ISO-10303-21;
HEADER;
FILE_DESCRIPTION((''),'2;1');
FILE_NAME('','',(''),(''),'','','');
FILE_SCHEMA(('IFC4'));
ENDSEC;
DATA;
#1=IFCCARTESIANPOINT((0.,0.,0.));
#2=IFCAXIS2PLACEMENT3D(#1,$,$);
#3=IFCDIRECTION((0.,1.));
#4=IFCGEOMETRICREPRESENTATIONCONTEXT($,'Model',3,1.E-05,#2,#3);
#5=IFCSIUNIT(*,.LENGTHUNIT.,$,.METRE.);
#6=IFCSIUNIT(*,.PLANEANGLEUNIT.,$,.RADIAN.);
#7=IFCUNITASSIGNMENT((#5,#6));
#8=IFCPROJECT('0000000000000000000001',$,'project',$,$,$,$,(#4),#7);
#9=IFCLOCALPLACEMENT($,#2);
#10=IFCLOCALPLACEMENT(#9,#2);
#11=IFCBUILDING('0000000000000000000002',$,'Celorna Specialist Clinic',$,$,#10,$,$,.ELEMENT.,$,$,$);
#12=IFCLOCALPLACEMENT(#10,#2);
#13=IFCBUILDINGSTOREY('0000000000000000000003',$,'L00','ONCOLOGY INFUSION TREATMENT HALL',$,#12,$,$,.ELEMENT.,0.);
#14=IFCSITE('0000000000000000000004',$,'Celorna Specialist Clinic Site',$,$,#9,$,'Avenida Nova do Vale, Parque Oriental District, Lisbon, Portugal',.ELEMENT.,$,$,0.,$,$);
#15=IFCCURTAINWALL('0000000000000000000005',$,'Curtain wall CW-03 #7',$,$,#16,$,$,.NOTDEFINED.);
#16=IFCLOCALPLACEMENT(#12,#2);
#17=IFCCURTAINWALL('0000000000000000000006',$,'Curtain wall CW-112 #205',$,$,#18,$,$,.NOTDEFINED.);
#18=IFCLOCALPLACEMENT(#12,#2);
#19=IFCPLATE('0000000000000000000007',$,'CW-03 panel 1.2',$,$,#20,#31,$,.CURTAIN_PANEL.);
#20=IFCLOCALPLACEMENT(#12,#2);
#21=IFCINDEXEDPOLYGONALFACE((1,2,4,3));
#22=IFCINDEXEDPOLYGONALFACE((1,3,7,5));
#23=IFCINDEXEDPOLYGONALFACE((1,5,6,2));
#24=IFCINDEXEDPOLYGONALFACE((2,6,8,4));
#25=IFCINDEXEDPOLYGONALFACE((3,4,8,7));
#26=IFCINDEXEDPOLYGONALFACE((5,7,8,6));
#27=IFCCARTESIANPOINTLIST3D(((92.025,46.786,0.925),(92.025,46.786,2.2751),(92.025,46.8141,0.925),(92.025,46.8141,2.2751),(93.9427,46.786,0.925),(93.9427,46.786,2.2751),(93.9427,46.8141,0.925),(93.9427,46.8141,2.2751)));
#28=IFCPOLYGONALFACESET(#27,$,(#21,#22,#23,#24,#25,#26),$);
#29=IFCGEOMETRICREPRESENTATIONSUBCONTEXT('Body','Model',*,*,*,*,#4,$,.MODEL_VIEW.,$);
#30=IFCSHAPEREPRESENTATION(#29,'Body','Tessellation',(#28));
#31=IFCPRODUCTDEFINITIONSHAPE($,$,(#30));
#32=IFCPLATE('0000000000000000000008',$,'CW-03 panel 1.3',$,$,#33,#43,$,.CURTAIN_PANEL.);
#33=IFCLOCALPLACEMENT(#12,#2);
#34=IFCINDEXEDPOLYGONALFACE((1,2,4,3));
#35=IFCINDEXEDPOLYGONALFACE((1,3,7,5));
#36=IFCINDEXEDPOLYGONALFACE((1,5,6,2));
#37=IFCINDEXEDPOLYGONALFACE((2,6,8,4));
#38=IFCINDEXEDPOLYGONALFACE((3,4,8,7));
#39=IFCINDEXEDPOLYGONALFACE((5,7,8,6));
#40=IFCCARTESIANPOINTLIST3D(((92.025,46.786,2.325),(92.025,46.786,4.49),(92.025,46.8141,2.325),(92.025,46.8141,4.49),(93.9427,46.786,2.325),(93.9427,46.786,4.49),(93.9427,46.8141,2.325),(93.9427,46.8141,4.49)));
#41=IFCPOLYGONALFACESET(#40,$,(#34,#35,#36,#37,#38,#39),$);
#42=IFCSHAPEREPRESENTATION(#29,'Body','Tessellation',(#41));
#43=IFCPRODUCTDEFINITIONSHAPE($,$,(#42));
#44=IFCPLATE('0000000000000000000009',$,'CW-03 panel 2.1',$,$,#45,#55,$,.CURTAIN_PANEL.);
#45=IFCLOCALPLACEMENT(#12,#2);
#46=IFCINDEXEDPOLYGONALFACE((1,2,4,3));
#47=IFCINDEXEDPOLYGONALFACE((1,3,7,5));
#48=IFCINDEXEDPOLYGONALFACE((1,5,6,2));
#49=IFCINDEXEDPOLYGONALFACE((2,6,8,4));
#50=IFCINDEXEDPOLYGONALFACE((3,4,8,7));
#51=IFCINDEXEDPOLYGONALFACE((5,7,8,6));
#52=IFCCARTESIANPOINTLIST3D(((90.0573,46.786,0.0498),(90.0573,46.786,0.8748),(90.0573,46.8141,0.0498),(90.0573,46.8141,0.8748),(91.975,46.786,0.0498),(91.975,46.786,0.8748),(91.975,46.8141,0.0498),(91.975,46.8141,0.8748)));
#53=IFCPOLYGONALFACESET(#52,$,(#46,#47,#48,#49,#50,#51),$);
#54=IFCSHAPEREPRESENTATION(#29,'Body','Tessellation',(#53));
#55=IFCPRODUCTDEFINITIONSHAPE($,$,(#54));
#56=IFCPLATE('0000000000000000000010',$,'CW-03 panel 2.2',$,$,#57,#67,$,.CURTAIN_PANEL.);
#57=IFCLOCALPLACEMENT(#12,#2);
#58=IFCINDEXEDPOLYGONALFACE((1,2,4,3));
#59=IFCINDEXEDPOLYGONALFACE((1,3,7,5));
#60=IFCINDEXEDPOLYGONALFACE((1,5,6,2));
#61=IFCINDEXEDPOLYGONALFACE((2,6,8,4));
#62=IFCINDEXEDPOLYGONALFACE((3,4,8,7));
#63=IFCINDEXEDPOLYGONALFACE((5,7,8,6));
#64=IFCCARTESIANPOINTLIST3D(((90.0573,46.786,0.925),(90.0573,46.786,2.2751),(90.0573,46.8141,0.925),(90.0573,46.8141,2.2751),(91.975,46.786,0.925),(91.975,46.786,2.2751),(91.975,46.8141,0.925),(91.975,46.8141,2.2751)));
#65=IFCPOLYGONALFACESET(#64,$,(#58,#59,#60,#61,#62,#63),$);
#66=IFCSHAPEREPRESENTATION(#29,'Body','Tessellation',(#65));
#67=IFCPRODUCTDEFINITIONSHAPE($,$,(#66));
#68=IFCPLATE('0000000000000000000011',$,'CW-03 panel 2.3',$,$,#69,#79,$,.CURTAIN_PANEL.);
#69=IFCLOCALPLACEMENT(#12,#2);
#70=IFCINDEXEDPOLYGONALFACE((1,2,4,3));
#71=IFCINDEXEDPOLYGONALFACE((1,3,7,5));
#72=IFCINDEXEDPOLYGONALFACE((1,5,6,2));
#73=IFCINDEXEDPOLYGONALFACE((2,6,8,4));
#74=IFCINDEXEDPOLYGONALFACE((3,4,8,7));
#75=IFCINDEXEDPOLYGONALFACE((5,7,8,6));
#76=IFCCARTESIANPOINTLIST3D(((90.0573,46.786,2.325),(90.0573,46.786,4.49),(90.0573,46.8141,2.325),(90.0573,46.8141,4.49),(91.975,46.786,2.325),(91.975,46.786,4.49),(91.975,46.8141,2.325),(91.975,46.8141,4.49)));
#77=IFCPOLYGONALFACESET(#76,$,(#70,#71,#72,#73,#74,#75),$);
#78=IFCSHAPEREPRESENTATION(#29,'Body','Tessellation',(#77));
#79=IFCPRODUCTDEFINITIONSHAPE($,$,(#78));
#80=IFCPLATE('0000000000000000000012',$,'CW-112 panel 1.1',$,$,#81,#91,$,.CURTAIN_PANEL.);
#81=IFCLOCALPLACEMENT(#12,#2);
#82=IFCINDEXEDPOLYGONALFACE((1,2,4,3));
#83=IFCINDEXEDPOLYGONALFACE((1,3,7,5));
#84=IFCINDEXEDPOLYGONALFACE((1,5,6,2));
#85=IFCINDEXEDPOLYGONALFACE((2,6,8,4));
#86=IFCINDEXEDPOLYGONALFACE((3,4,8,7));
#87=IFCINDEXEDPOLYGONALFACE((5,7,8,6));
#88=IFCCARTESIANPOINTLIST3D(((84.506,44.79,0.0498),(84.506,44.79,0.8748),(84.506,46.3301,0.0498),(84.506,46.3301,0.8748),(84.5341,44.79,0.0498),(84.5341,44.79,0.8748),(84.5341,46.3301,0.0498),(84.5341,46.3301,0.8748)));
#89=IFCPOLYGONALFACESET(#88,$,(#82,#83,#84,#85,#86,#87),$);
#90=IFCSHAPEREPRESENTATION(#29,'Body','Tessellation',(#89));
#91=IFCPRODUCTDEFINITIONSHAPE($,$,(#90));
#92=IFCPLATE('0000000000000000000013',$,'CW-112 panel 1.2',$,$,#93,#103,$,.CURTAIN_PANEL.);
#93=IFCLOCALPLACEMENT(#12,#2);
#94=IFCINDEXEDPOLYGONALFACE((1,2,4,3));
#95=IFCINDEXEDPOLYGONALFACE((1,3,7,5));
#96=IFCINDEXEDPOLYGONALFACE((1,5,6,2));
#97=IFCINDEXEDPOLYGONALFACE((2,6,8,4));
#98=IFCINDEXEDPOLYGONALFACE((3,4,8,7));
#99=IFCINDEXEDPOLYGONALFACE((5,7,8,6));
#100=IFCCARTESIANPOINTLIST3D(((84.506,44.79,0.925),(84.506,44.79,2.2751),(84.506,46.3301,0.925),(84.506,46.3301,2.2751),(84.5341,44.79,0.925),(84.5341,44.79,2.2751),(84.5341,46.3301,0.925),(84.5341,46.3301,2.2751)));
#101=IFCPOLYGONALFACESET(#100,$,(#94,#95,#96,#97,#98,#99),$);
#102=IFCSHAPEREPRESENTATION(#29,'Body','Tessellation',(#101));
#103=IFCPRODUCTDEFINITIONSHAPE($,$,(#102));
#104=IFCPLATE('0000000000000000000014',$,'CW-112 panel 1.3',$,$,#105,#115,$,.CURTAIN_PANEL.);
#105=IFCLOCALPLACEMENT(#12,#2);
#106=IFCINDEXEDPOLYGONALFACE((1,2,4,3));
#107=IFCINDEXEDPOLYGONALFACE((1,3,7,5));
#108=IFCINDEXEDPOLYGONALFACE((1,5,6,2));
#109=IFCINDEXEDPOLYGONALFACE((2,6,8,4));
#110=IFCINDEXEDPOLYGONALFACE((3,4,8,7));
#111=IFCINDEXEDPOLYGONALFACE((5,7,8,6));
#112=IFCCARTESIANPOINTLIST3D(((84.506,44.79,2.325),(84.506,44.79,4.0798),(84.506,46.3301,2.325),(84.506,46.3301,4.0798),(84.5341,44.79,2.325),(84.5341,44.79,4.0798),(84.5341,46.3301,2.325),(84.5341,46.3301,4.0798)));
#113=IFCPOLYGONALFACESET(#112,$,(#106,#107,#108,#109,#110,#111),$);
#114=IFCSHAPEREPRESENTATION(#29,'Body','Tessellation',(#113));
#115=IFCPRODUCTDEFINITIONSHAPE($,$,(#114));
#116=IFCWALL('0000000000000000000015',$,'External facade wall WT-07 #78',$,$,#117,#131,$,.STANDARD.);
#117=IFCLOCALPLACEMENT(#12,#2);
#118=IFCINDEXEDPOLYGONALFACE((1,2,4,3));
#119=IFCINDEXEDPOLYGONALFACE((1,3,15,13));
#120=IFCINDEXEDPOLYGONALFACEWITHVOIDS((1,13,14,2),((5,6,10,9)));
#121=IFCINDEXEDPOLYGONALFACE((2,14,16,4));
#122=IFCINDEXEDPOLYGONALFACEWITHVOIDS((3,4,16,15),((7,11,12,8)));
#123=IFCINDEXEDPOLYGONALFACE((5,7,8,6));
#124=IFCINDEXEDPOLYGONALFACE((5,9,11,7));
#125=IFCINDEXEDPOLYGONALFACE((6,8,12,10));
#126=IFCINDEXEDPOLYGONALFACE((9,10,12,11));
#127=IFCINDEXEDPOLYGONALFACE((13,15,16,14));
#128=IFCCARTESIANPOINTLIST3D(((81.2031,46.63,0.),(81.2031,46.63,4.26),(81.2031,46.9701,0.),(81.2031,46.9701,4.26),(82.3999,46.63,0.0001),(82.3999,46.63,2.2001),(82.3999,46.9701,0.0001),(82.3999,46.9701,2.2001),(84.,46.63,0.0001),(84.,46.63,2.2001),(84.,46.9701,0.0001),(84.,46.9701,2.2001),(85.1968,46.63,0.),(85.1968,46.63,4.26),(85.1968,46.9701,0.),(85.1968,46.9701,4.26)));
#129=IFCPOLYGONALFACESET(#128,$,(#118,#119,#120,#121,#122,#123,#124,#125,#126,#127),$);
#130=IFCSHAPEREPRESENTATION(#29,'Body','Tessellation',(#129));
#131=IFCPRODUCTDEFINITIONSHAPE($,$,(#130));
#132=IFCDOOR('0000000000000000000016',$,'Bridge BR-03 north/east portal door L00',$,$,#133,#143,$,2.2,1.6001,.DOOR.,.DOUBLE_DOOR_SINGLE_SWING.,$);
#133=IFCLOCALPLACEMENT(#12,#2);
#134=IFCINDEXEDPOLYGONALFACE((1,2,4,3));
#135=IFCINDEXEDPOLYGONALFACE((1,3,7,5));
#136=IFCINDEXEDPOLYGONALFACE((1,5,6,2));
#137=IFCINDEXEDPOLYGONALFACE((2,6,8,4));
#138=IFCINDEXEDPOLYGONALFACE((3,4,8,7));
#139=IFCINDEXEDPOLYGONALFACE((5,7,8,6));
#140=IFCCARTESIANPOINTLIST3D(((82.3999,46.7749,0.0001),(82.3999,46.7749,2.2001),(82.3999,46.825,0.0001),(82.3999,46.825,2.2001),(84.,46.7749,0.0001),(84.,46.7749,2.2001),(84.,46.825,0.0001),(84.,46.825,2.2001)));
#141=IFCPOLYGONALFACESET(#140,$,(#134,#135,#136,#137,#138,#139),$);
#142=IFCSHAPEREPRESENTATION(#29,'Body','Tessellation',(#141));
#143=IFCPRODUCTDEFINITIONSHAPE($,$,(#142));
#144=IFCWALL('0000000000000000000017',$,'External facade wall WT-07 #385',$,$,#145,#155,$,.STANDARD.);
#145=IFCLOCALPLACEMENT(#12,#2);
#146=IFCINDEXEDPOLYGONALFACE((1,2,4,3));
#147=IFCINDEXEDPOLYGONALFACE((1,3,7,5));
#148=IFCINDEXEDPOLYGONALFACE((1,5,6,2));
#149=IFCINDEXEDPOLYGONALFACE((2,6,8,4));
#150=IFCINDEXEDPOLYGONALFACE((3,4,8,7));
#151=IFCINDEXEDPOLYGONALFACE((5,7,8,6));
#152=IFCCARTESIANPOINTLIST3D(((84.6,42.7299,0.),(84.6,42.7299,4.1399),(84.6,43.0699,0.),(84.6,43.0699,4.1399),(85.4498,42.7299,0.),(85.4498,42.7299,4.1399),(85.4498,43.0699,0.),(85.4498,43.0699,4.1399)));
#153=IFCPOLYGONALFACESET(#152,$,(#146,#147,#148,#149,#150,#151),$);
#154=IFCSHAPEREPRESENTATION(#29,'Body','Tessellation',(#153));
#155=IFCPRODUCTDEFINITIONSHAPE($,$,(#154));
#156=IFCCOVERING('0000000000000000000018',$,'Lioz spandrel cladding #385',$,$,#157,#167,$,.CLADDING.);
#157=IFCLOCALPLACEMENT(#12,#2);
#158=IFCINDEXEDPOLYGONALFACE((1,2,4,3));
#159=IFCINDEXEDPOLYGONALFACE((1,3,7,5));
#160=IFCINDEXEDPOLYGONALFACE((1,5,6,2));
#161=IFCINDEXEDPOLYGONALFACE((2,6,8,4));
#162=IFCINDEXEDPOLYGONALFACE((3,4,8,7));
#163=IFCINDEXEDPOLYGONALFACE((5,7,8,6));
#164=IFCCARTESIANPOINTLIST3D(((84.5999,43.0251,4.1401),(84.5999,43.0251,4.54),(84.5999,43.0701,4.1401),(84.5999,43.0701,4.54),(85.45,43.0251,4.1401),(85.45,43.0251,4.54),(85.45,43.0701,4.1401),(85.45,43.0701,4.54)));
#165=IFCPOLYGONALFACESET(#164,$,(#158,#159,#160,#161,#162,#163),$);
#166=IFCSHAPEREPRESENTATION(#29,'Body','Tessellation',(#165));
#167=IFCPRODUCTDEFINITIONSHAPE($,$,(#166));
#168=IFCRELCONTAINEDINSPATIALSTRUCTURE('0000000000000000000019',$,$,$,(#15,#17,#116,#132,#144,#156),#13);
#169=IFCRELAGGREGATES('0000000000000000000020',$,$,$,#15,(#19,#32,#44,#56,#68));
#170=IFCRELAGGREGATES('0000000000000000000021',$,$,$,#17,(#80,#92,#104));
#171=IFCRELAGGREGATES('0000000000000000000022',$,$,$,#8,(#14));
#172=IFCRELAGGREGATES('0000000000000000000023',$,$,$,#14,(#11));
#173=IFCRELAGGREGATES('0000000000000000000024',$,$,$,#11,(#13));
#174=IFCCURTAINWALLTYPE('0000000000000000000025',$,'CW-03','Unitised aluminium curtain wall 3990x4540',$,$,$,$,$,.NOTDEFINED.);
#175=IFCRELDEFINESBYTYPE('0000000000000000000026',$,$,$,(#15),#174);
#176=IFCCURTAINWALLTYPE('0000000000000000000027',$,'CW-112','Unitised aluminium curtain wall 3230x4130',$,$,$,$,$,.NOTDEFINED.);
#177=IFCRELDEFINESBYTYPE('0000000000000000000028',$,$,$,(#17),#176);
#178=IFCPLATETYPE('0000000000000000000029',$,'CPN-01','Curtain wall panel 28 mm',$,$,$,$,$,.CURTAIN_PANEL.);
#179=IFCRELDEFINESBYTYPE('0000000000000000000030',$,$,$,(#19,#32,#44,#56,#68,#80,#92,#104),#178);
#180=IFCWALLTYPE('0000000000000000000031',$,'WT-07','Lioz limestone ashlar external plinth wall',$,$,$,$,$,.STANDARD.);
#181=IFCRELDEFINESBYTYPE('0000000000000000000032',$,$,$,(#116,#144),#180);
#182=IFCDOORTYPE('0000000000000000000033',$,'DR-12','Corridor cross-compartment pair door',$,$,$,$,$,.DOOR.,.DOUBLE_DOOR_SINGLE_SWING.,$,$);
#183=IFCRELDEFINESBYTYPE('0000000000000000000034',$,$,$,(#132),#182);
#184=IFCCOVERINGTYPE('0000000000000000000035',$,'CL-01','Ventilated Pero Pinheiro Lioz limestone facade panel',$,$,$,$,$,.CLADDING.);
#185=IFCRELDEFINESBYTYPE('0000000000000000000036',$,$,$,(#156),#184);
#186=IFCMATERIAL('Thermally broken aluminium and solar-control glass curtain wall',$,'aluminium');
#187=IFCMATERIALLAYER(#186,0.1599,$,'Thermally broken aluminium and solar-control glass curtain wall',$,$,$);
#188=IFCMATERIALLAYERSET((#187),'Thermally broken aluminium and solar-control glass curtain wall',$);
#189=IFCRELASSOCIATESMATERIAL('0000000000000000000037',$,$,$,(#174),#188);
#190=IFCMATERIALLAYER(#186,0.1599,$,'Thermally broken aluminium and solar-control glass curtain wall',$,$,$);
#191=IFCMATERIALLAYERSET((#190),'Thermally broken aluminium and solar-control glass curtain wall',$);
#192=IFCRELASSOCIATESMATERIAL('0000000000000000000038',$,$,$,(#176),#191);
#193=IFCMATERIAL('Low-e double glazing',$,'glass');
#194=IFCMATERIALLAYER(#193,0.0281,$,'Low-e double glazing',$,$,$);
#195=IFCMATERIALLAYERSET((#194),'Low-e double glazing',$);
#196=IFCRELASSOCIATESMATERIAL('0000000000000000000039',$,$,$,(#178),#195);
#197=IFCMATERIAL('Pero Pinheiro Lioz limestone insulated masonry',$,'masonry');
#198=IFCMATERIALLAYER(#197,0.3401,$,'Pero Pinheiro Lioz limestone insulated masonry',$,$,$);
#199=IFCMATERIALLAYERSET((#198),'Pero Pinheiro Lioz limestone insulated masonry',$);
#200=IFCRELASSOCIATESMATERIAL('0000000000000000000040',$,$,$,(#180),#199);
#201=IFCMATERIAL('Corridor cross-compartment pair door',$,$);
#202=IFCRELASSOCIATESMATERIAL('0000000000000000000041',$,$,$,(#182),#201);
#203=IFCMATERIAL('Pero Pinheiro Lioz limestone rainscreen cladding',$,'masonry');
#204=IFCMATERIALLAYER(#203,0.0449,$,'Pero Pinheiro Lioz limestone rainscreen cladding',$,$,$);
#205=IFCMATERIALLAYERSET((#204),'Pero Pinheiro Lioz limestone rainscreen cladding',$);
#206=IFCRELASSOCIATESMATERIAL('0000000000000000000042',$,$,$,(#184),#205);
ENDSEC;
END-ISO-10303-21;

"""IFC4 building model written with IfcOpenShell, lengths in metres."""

from ifc_helpers import new_model, si_unit, direction, frame, frame_2d, origin, origin_2d, place, context, subcontext, project, spatial, rectangle, extrude, material, layer, layer_set, type_object, element, fill, aggregate, save


model = new_model("IFC4")

# Units and contexts
model_context = context("Model", 3, precision=1e-05, world=origin(), true_north=direction((0.0, 1.0)))
body_context = subcontext(model_context, "Body", "Model", "MODEL_VIEW")
ifc_project = project(units=[si_unit("LENGTHUNIT", "METRE"), si_unit("PLANEANGLEUNIT", "RADIAN")], contexts=[model_context])

# Site, building, storey
site_placement = place(None, origin())
site = spatial("IfcSite", under=ifc_project, at=site_placement, Name="Celorna Specialist Clinic Site", LongName="Avenida Nova do Vale, Parque Oriental District, Lisbon, Portugal", CompositionType="ELEMENT", RefElevation=0.0)
building_placement = place(site_placement, origin())
building = spatial("IfcBuilding", under=site, at=building_placement, Name="Celorna Specialist Clinic", CompositionType="ELEMENT")
storey_placement = place(building_placement, origin())
storey = spatial("IfcBuildingStorey", under=building, at=storey_placement, Name="L00", Description="ONCOLOGY INFUSION TREATMENT HALL", CompositionType="ELEMENT", Elevation=0.0)

# Curtain walls
ifc_material_1 = material(Name="Thermally broken aluminium and solar-control glass curtain wall", Category="aluminium")
ifc_layer_1 = layer(ifc_material_1, 0.1599, Name="Thermally broken aluminium and solar-control glass curtain wall")
ifc_layer_set_1 = layer_set([ifc_layer_1], Name="Thermally broken aluminium and solar-control glass curtain wall")
curtain_wall_type_1 = type_object("IfcCurtainWallType", Name="CW-03", Description="Unitised aluminium curtain wall 3990x4540", PredefinedType="NOTDEFINED", material=ifc_layer_set_1)
curtain_wall_1_placement = place(storey_placement, origin())
curtain_wall_1 = element("IfcCurtainWall", 1, at=curtain_wall_1_placement, inside=storey, type_object=curtain_wall_type_1, Name="Curtain wall CW-03 #7", PredefinedType="NOTDEFINED")
ifc_layer_2 = layer(ifc_material_1, 0.1599, Name="Thermally broken aluminium and solar-control glass curtain wall")
ifc_layer_set_2 = layer_set([ifc_layer_2], Name="Thermally broken aluminium and solar-control glass curtain wall")
curtain_wall_type_2 = type_object("IfcCurtainWallType", Name="CW-112", Description="Unitised aluminium curtain wall 3230x4130", PredefinedType="NOTDEFINED", material=ifc_layer_set_2)
curtain_wall_2_placement = place(storey_placement, origin())
curtain_wall_2 = element("IfcCurtainWall", 2, at=curtain_wall_2_placement, inside=storey, type_object=curtain_wall_type_2, Name="Curtain wall CW-112 #205", PredefinedType="NOTDEFINED")

# Plates
ifc_material_2 = material(Name="Low-e double glazing", Category="glass")
ifc_layer_3 = layer(ifc_material_2, 0.0281, Name="Low-e double glazing")
ifc_layer_set_3 = layer_set([ifc_layer_3], Name="Low-e double glazing")
plate_type = type_object("IfcPlateType", Name="CPN-01", Description="Curtain wall panel 28 mm", PredefinedType="CURTAIN_PANEL", material=ifc_layer_set_3)
plate_1_placement = place(storey_placement, frame((92.9839, 46.8, 0.925), z_axis=(0.0, 0.0, 1.0), x_axis=(-1.0, 0.0, 0.0)))
plate_1 = element("IfcPlate", 3, at=plate_1_placement, type_object=plate_type, Name="CW-03 panel 1.2", PredefinedType="CURTAIN_PANEL", context=body_context, shape_type="SweptSolid", body=[
    extrude(rectangle(XDim=1.9177, YDim=0.0281, at=origin_2d()), origin(), (0.0, 0.0, 1.0), 1.3501),
])
plate_2_placement = place(storey_placement, frame((92.9839, 46.8, 2.325), z_axis=(0.0, 0.0, 1.0), x_axis=(-1.0, 0.0, 0.0)))
plate_2 = element("IfcPlate", 4, at=plate_2_placement, type_object=plate_type, Name="CW-03 panel 1.3", PredefinedType="CURTAIN_PANEL", context=body_context, shape_type="SweptSolid", body=[
    extrude(rectangle(XDim=1.9177, YDim=0.0281, at=origin_2d()), origin(), (0.0, 0.0, 1.0), 2.165),
])
plate_3_placement = place(storey_placement, frame((91.0161, 46.8, 0.0498), z_axis=(0.0, 0.0, 1.0), x_axis=(-1.0, 0.0, 0.0)))
plate_3 = element("IfcPlate", 5, at=plate_3_placement, type_object=plate_type, Name="CW-03 panel 2.1", PredefinedType="CURTAIN_PANEL", context=body_context, shape_type="SweptSolid", body=[
    extrude(rectangle(XDim=1.9177, YDim=0.0281, at=origin_2d()), origin(), (0.0, 0.0, 1.0), 0.825),
])
plate_4_placement = place(storey_placement, frame((91.0161, 46.8, 0.925), z_axis=(0.0, 0.0, 1.0), x_axis=(-1.0, 0.0, 0.0)))
plate_4 = element("IfcPlate", 6, at=plate_4_placement, type_object=plate_type, Name="CW-03 panel 2.2", PredefinedType="CURTAIN_PANEL", context=body_context, shape_type="SweptSolid", body=[
    extrude(rectangle(XDim=1.9177, YDim=0.0281, at=origin_2d()), origin(), (0.0, 0.0, 1.0), 1.3501),
])
plate_5_placement = place(storey_placement, frame((91.0161, 46.8, 2.325), z_axis=(0.0, 0.0, 1.0), x_axis=(-1.0, 0.0, 0.0)))
plate_5 = element("IfcPlate", 7, at=plate_5_placement, type_object=plate_type, Name="CW-03 panel 2.3", PredefinedType="CURTAIN_PANEL", context=body_context, shape_type="SweptSolid", body=[
    extrude(rectangle(XDim=1.9177, YDim=0.0281, at=origin_2d()), origin(), (0.0, 0.0, 1.0), 2.165),
])
aggregate(curtain_wall_1, [plate_1, plate_2, plate_3, plate_4, plate_5])
plate_6_placement = place(storey_placement, frame((84.52, 45.5601, 0.0498), z_axis=(0.0, 0.0, 1.0), x_axis=(0.0, -1.0, 0.0)))
plate_6 = element("IfcPlate", 8, at=plate_6_placement, type_object=plate_type, Name="CW-112 panel 1.1", PredefinedType="CURTAIN_PANEL", context=body_context, shape_type="SweptSolid", body=[
    extrude(rectangle(XDim=1.54, YDim=0.0281, at=origin_2d()), origin(), (0.0, 0.0, 1.0), 0.825),
])
plate_7_placement = place(storey_placement, frame((84.52, 45.5601, 0.925), z_axis=(0.0, 0.0, 1.0), x_axis=(0.0, -1.0, 0.0)))
plate_7 = element("IfcPlate", 9, at=plate_7_placement, type_object=plate_type, Name="CW-112 panel 1.2", PredefinedType="CURTAIN_PANEL", context=body_context, shape_type="SweptSolid", body=[
    extrude(rectangle(XDim=1.54, YDim=0.0281, at=origin_2d()), origin(), (0.0, 0.0, 1.0), 1.3501),
])
plate_8_placement = place(storey_placement, frame((84.52, 45.5601, 2.325), z_axis=(0.0, 0.0, 1.0), x_axis=(0.0, -1.0, 0.0)))
plate_8 = element("IfcPlate", 10, at=plate_8_placement, type_object=plate_type, Name="CW-112 panel 1.3", PredefinedType="CURTAIN_PANEL", context=body_context, shape_type="SweptSolid", body=[
    extrude(rectangle(XDim=1.54, YDim=0.0281, at=origin_2d()), origin(), (0.0, 0.0, 1.0), 1.7549),
])
aggregate(curtain_wall_2, [plate_6, plate_7, plate_8])

# Wall, opening, door
ifc_material_3 = material(Name="Pero Pinheiro Lioz limestone insulated masonry", Category="masonry")
ifc_layer_4 = layer(ifc_material_3, 0.3401, Name="Pero Pinheiro Lioz limestone insulated masonry")
ifc_layer_set_4 = layer_set([ifc_layer_4], Name="Pero Pinheiro Lioz limestone insulated masonry")
wall_type = type_object("IfcWallType", Name="WT-07", Description="Lioz limestone ashlar external plinth wall", PredefinedType="STANDARD", material=ifc_layer_set_4)
wall_1_placement = place(storey_placement, frame((85.1968, 46.8, 0.0), z_axis=(0.0, 0.0, 1.0), x_axis=(-1.0, 0.0, 0.0)))
wall_1 = element("IfcWall", 11, at=wall_1_placement, inside=storey, type_object=wall_type, Name="External facade wall WT-07 #78", PredefinedType="STANDARD", context=body_context, shape_type="SweptSolid", body=[
    extrude(rectangle(XDim=3.9937, YDim=0.3401, at=frame_2d((1.9968, 0.0))), origin(), (0.0, 0.0, 1.0), 4.26),
])
opening_1_placement = place(wall_1_placement, frame((1.1968, 0.0, 0.0)))
opening_1 = element("IfcOpeningElement", 12, at=opening_1_placement, cuts=wall_1, PredefinedType="OPENING", context=body_context, shape_type="SweptSolid", body=[
    extrude(rectangle(XDim=1.6001, YDim=2.2, at=frame_2d((0.8, 1.1001))), frame((0.0, 0.1799, 0.0), z_axis=(0.0, -1.0, 0.0), x_axis=(1.0, 0.0, 0.0)), (0.0, 0.0, 1.0), 0.3601),
])
ifc_material_4 = material(Name="Corridor cross-compartment pair door")
door_type_1 = type_object("IfcDoorType", Name="DR-12", Description="Corridor cross-compartment pair door", OperationType="DOUBLE_DOOR_SINGLE_SWING", PredefinedType="DOOR", material=ifc_material_4)
door_1_placement = place(opening_1_placement, frame((1.6001, 0.0, 0.0), z_axis=(0.0, 0.0, 1.0), x_axis=(-1.0, 0.0, 0.0)))
door_1 = element("IfcDoor", 13, at=door_1_placement, inside=storey, type_object=door_type_1, Name="Bridge BR-03 north/east portal door L00", OperationType="DOUBLE_DOOR_SINGLE_SWING", OverallHeight=2.2, OverallWidth=1.6001, PredefinedType="DOOR", context=body_context, shape_type="SweptSolid", body=[
    extrude(rectangle(XDim=1.6001, YDim=2.2, at=frame_2d((0.8, 1.1001))), frame((0.0, 0.0249, 0.0), z_axis=(0.0, -1.0, 0.0), x_axis=(1.0, 0.0, 0.0)), (0.0, 0.0, 1.0), 0.05),
])
fill(opening_1, door_1)

# Wall
wall_2_placement = place(storey_placement, frame((84.6001, 42.8999, 0.0), z_axis=(0.0, 0.0, 1.0), x_axis=(1.0, 0.0, 0.0)))
element("IfcWall", 14, at=wall_2_placement, inside=storey, type_object=wall_type, Name="External facade wall WT-07 #385", PredefinedType="STANDARD", context=body_context, shape_type="SweptSolid", body=[
    extrude(rectangle(XDim=0.8499, YDim=0.3401, at=frame_2d((0.4248, 0.0))), origin(), (0.0, 0.0, 1.0), 4.1399),
])

# Covering
ifc_material_5 = material(Name="Pero Pinheiro Lioz limestone rainscreen cladding", Category="masonry")
ifc_layer_5 = layer(ifc_material_5, 0.0449, Name="Pero Pinheiro Lioz limestone rainscreen cladding")
ifc_layer_set_5 = layer_set([ifc_layer_5], Name="Pero Pinheiro Lioz limestone rainscreen cladding")
covering_type = type_object("IfcCoveringType", Name="CL-01", Description="Ventilated Pero Pinheiro Lioz limestone facade panel", PredefinedType="CLADDING", material=ifc_layer_set_5)
covering_placement = place(storey_placement, frame((85.0249, 43.0476, 4.1401), z_axis=(0.0, 0.0, 1.0), x_axis=(1.0, 0.0, 0.0)))
element("IfcCovering", 15, at=covering_placement, inside=storey, type_object=covering_type, Name="Lioz spandrel cladding #385", PredefinedType="CLADDING", context=body_context, shape_type="SweptSolid", body=[
    extrude(rectangle(XDim=0.8501, YDim=0.0449, at=origin_2d()), origin(), (0.0, 0.0, 1.0), 0.3999),
])

save(model, "model.ifc")
